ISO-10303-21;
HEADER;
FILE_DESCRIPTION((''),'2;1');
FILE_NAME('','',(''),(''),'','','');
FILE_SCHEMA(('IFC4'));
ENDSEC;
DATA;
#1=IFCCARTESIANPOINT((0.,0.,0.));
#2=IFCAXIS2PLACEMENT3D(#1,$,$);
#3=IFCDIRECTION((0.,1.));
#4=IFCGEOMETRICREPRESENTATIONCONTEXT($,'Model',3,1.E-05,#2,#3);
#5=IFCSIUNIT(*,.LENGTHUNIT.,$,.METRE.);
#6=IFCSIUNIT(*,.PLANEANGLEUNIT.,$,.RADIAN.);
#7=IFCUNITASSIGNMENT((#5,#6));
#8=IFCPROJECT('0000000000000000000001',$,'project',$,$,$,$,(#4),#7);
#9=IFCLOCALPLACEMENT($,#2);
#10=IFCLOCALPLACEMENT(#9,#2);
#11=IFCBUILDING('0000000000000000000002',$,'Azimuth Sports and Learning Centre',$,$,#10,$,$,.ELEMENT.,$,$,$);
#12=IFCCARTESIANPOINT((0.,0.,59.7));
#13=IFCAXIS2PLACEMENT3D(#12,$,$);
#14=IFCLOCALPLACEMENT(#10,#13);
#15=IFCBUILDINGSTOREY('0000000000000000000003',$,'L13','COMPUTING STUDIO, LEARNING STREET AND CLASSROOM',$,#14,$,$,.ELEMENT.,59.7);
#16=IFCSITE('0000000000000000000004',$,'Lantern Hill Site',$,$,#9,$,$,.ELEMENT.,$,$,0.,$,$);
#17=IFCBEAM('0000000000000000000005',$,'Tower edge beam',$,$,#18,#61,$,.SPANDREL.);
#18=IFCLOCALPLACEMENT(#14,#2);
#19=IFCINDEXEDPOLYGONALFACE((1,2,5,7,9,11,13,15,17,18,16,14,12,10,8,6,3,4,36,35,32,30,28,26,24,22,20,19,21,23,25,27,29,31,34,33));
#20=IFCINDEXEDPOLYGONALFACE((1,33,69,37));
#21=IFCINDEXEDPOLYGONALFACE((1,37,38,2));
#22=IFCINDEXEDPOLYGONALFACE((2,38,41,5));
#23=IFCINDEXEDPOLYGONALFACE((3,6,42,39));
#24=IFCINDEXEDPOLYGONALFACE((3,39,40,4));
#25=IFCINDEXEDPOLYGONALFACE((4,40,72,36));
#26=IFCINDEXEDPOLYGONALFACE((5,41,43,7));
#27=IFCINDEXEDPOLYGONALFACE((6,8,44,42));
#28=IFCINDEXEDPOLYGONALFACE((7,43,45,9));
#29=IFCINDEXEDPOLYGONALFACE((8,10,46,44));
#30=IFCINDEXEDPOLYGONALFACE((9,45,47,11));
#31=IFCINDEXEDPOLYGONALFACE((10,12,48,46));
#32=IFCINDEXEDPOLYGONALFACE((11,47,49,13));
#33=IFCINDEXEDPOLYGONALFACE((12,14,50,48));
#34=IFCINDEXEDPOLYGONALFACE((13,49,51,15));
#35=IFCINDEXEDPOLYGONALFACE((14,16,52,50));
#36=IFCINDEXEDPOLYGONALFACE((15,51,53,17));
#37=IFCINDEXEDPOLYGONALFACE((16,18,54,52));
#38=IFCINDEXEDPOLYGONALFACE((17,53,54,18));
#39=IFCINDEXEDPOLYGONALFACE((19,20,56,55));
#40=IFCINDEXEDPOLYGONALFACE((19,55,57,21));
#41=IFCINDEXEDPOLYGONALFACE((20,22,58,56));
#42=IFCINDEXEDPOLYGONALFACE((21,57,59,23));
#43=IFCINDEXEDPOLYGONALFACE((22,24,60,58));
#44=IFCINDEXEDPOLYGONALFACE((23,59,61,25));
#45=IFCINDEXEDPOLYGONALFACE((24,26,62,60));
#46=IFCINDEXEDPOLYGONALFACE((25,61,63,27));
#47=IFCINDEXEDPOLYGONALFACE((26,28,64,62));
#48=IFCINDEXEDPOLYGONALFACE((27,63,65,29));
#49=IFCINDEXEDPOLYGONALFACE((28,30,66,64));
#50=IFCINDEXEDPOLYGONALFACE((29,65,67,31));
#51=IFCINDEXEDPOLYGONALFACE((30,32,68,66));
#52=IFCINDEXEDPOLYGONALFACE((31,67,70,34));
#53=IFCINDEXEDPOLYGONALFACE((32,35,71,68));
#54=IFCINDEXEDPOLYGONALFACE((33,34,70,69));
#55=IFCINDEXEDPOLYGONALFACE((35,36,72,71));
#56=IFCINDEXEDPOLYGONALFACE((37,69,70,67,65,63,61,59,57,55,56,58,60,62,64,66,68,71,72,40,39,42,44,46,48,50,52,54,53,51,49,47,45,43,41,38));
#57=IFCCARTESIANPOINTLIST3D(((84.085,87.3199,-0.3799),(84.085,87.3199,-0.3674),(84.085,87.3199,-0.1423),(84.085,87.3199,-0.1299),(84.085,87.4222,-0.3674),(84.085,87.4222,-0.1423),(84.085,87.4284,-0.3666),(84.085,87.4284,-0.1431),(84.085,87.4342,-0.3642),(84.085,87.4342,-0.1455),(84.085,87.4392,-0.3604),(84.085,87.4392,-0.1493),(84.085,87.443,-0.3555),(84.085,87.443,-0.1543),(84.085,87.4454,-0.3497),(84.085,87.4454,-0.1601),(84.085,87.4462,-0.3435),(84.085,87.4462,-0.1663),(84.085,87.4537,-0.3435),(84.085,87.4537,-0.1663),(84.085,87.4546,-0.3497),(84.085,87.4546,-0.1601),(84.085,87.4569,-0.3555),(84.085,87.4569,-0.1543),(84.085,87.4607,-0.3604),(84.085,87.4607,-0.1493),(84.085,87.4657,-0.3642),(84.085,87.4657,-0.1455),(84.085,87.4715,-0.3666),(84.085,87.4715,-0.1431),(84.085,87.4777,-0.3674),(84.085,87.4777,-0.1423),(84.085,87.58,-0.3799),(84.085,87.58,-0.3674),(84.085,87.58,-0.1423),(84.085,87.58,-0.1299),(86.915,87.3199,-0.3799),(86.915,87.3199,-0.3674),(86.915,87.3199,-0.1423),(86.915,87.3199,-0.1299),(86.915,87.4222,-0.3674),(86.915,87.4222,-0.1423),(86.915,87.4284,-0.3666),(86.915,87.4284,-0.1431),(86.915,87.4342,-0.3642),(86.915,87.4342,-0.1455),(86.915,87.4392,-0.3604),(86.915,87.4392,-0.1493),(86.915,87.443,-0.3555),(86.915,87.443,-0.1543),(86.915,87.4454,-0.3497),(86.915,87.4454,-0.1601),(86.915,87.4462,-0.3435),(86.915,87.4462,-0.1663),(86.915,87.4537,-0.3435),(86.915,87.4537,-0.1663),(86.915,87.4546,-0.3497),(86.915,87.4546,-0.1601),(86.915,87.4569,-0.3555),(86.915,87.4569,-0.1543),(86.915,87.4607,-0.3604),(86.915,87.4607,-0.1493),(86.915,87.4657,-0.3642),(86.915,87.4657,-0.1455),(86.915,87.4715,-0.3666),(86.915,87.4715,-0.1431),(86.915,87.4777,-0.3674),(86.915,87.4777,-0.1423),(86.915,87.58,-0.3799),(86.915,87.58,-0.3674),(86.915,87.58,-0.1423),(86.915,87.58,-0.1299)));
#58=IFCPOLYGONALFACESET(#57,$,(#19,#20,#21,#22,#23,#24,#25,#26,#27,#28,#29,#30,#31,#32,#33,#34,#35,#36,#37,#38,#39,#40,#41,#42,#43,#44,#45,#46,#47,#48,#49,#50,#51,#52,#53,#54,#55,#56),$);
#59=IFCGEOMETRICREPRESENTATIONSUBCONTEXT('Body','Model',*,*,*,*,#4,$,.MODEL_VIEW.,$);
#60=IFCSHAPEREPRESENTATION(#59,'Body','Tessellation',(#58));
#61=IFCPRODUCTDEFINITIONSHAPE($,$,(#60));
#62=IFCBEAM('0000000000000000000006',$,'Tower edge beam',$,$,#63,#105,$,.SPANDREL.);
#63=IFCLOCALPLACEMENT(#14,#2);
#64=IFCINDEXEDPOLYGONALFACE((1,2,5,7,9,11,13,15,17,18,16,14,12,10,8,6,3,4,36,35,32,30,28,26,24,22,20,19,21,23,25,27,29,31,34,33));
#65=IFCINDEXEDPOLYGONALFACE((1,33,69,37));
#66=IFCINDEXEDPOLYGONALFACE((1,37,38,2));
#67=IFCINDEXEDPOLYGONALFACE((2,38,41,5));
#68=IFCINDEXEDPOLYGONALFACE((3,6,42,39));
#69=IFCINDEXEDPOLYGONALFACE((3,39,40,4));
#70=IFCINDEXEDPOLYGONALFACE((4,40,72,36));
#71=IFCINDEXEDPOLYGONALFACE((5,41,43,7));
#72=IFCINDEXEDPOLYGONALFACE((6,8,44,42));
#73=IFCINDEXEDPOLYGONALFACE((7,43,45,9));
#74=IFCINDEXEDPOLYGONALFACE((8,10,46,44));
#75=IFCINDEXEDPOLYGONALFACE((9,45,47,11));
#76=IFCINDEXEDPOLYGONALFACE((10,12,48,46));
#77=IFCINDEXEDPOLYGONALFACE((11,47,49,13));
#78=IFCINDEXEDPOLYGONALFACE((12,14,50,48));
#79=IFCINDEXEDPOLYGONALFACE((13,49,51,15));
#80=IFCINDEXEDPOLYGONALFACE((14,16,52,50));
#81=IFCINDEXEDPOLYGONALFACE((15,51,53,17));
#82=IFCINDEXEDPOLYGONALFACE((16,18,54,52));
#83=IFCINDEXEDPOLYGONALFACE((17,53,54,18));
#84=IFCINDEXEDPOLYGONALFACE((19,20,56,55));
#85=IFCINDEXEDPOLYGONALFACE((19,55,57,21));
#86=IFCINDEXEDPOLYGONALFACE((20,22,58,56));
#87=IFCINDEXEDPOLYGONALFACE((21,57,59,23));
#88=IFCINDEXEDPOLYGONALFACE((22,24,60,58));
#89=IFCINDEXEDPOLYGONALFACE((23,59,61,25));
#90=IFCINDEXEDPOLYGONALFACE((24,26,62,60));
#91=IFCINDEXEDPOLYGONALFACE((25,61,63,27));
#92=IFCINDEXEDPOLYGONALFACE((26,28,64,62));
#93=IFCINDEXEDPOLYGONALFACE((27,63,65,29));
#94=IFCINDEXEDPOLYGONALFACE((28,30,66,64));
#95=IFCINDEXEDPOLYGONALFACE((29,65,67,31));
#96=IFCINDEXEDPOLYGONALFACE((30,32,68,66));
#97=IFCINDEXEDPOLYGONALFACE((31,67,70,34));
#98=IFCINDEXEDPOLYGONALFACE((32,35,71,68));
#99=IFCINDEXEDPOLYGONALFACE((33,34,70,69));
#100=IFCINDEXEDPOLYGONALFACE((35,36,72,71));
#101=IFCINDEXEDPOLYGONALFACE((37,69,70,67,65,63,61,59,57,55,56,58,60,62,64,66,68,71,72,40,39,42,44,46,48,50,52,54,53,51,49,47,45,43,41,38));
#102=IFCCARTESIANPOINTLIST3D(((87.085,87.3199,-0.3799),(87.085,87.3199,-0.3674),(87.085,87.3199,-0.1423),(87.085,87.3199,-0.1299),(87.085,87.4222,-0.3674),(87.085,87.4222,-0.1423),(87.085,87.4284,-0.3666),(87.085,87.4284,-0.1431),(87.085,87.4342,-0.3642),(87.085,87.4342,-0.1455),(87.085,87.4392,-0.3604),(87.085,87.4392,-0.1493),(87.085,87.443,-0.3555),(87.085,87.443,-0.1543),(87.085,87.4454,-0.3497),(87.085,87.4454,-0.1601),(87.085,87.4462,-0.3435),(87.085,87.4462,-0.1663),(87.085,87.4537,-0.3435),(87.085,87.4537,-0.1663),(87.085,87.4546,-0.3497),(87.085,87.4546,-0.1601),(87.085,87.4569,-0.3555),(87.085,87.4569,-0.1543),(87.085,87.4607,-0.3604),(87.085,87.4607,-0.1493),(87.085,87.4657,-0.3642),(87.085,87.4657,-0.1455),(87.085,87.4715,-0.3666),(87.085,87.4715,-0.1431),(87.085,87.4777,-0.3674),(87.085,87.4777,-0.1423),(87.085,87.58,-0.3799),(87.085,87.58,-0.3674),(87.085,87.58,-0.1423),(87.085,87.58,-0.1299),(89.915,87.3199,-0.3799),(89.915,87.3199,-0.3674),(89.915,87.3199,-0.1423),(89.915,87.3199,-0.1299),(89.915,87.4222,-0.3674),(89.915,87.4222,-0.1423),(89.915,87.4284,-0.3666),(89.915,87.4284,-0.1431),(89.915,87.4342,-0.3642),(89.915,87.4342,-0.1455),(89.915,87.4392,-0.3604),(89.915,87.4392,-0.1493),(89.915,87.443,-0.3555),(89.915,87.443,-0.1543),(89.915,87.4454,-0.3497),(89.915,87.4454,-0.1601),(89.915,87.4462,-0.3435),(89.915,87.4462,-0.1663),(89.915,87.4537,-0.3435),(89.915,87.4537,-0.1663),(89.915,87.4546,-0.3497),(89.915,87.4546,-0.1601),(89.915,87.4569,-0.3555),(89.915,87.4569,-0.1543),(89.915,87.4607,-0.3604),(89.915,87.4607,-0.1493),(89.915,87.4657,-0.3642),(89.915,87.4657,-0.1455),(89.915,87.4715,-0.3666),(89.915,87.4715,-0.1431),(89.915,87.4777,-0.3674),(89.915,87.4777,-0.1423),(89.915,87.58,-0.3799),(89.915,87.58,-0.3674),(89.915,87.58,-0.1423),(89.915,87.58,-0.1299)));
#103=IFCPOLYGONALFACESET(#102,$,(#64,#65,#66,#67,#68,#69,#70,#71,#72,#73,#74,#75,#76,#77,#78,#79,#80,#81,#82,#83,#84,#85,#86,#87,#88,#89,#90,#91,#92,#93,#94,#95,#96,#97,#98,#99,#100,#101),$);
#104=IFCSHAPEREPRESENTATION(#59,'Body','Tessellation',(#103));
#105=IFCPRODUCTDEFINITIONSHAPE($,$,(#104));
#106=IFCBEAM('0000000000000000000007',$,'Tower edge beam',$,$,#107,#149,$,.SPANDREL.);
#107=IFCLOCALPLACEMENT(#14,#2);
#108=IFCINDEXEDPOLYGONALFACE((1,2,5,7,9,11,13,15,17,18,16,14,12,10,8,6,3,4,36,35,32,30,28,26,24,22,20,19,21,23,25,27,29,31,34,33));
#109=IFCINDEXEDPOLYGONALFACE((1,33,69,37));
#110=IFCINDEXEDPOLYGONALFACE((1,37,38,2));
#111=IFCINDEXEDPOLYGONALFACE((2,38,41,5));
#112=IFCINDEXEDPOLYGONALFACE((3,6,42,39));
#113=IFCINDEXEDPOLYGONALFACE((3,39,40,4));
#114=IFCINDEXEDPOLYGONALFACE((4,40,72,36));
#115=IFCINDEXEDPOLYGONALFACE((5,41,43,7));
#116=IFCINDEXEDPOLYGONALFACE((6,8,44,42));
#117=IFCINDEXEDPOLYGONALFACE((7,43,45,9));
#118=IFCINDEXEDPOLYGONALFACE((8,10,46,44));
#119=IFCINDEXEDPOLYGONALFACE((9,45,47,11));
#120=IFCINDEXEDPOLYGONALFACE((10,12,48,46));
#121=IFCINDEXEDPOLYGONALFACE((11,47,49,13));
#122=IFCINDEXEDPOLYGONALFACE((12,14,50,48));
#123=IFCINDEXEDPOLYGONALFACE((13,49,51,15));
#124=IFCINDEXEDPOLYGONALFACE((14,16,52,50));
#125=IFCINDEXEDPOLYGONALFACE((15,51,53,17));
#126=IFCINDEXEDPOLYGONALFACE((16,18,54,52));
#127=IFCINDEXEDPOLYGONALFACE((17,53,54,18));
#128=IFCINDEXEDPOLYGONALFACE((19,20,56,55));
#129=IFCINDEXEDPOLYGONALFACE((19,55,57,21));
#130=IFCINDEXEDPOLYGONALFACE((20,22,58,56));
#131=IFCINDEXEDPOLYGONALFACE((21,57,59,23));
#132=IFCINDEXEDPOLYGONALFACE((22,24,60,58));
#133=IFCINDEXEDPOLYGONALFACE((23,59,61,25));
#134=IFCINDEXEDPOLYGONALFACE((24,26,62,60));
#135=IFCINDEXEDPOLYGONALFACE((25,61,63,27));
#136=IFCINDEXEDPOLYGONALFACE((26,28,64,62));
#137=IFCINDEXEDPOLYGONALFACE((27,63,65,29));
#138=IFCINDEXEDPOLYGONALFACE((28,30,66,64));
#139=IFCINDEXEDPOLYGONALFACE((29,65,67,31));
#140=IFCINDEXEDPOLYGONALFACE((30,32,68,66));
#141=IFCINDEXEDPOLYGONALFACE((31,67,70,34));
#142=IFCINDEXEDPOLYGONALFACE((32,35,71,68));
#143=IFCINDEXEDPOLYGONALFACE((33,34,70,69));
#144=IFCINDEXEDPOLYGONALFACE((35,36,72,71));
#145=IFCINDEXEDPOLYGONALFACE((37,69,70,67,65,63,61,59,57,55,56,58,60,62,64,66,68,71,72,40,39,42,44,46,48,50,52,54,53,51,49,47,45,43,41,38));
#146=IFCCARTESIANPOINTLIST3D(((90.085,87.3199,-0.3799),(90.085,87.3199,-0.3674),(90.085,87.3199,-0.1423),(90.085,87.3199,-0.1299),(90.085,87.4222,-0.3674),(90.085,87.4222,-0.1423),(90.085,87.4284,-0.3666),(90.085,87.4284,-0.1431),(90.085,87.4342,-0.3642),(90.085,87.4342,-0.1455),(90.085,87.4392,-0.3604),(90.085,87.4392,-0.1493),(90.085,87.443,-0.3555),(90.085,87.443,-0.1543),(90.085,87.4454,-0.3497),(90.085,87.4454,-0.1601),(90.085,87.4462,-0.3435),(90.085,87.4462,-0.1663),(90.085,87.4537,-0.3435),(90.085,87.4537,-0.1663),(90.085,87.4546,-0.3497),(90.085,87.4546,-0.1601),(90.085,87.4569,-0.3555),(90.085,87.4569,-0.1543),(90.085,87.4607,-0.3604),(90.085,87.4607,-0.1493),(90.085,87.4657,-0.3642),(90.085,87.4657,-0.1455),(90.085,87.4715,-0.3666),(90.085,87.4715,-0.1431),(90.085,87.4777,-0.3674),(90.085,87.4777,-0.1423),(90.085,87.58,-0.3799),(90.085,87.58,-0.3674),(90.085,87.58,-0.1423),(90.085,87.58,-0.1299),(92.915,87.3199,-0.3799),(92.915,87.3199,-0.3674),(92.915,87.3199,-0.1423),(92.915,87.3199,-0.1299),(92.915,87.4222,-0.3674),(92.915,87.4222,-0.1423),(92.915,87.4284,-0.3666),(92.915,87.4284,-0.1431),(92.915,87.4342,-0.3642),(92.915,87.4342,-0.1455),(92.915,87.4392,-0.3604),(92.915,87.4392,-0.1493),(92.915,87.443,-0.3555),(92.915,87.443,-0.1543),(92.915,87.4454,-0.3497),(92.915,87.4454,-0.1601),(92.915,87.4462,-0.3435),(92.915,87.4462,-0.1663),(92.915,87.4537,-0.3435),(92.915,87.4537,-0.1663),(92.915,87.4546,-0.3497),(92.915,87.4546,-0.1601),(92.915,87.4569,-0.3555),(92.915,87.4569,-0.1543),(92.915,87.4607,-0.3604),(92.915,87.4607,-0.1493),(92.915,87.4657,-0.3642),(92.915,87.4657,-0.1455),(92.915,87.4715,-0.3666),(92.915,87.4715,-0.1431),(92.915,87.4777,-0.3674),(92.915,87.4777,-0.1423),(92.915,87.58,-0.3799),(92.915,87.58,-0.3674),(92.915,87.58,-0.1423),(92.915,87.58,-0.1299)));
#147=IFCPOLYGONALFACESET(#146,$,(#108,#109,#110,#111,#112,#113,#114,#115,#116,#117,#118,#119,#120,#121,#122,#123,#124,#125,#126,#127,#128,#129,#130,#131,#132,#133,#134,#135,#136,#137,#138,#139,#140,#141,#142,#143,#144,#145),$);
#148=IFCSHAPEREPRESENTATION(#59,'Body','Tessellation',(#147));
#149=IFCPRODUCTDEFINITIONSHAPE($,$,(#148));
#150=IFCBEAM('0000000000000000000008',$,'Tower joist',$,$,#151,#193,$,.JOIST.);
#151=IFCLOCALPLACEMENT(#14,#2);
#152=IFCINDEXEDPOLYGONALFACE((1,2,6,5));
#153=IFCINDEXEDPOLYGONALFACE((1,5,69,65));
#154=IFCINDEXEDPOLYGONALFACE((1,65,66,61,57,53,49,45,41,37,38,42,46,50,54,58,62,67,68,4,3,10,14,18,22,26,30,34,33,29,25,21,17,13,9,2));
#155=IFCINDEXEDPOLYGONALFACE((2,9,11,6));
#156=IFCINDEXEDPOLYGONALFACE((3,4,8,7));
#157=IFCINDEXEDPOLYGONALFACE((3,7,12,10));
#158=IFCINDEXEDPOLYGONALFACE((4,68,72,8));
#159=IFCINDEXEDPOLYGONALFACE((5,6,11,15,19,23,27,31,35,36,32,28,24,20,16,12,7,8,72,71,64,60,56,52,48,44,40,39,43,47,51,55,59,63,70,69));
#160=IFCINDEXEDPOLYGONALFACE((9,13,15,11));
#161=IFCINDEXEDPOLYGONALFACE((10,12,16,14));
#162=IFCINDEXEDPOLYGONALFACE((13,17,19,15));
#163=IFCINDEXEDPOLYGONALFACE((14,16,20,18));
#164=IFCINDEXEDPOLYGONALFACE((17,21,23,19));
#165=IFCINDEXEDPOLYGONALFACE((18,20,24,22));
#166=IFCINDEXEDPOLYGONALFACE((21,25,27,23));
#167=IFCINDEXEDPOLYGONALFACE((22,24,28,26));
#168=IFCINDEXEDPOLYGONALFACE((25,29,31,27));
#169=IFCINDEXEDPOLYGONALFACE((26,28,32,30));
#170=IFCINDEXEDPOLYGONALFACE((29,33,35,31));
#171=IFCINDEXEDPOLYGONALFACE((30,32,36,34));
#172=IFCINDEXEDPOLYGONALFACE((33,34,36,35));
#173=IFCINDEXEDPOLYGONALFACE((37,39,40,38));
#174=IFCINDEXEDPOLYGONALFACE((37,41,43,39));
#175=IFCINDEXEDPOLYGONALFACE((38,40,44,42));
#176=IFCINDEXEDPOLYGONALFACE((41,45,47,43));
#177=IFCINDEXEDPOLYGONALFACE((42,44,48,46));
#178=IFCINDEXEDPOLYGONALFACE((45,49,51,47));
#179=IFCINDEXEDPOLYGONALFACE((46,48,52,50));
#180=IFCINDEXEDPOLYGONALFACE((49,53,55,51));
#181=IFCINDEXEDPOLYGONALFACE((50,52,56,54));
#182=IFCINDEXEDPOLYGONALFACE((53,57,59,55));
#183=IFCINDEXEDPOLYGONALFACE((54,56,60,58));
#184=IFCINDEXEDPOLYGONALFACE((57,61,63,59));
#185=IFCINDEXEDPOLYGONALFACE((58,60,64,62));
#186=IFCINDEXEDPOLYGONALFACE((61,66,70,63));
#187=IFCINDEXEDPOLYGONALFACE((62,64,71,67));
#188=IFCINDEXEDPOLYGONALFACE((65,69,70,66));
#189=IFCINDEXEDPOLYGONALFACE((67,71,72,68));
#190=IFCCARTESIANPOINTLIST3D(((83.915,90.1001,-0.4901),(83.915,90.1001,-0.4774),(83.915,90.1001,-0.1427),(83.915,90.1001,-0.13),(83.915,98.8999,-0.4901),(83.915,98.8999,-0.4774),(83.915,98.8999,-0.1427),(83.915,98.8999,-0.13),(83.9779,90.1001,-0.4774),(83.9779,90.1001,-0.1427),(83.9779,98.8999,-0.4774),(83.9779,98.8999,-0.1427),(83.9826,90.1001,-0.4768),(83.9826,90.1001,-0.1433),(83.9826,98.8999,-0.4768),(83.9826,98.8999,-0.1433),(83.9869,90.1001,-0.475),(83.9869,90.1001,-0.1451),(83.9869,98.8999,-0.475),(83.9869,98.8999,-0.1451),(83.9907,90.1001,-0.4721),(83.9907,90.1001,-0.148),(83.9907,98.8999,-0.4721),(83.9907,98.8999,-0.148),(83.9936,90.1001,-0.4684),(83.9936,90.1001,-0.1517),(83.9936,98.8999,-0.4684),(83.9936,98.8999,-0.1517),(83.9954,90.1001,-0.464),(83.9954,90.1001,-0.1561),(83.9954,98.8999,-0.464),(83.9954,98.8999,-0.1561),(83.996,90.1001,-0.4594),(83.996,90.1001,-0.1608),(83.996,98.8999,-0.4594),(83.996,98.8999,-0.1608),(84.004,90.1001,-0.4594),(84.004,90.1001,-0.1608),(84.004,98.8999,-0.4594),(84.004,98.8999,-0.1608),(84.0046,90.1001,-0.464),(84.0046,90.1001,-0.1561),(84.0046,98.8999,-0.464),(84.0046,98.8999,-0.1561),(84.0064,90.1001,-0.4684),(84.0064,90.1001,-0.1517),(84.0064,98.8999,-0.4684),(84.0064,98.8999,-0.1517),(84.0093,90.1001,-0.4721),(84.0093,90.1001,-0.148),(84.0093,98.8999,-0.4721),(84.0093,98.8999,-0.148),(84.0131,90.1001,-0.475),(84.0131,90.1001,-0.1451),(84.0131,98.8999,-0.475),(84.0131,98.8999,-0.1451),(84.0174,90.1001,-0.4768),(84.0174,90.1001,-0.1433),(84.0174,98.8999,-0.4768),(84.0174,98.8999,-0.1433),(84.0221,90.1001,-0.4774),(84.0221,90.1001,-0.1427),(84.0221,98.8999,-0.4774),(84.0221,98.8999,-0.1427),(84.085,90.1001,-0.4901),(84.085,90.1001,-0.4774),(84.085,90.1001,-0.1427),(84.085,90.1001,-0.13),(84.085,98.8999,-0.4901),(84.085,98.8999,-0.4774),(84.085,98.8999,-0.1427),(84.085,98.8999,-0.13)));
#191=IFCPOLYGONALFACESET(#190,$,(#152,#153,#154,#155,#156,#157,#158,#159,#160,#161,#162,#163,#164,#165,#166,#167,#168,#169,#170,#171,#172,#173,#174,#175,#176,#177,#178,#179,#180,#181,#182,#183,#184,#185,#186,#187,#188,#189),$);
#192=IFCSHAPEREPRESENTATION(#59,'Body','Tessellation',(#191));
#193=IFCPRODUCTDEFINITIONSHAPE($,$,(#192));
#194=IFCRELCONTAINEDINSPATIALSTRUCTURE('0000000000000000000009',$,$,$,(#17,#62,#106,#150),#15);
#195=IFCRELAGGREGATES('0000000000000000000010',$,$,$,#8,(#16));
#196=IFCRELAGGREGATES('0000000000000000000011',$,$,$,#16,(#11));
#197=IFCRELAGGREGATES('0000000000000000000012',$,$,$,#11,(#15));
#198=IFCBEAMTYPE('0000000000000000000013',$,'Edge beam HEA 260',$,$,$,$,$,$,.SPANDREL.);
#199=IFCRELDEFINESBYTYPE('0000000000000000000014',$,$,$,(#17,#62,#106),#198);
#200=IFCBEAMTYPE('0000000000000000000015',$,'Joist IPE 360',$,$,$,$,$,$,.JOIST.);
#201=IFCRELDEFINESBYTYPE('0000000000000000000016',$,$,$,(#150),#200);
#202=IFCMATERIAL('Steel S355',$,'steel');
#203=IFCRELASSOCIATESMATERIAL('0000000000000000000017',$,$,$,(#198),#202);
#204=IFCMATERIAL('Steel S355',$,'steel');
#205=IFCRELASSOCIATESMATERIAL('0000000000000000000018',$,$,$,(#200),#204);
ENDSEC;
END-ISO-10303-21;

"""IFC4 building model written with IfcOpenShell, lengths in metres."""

from ifc_helpers import new_model, si_unit, direction, frame, origin, origin_2d, place, context, subcontext, project, spatial, i_section, extrude, material, material_profile, profile_set, type_object, element, save


model = new_model("IFC4")

# Units and contexts
model_context = context("Model", 3, precision=1e-05, world=origin(), true_north=direction((0.0, 1.0)))
body_context = subcontext(model_context, "Body", "Model", "MODEL_VIEW")
ifc_project = project(units=[si_unit("LENGTHUNIT", "METRE"), si_unit("PLANEANGLEUNIT", "RADIAN")], contexts=[model_context])

# Site, building, storey
site_placement = place(None, origin())
site = spatial("IfcSite", under=ifc_project, at=site_placement, Name="Lantern Hill Site", CompositionType="ELEMENT", RefElevation=0.0)
building_placement = place(site_placement, origin())
building = spatial("IfcBuilding", under=site, at=building_placement, Name="Azimuth Sports and Learning Centre", CompositionType="ELEMENT")
storey_placement = place(building_placement, frame((0.0, 0.0, 59.7)))
storey = spatial("IfcBuildingStorey", under=building, at=storey_placement, Name="L13", Description="COMPUTING STUDIO, LEARNING STREET AND CLASSROOM", CompositionType="ELEMENT", Elevation=59.7)

# Beams
ifc_material_1 = material(Name="Steel S355", Category="steel")
ifc_material_profile_1 = material_profile(ifc_material_1, i_section(OverallWidth=0.26, OverallDepth=0.25, WebThickness=0.0076, FlangeThickness=0.0125, FilletRadius=0.0239, at=origin_2d()), Name="HEA 260")
ifc_profile_set_1 = profile_set([ifc_material_profile_1], Name="Steel S355")
beam_type_1 = type_object("IfcBeamType", Name="Edge beam HEA 260", PredefinedType="SPANDREL", material=ifc_profile_set_1)
for number, where, z_axis, x_axis, name in (
    (1, (84.085, 87.45, -0.2549), (1.0, 0.0, 0.0), (0.0, 1.0, 0.0), "Tower edge beam"),
    (2, (87.085, 87.45, -0.2549), (1.0, 0.0, 0.0), (0.0, 1.0, 0.0), "Tower edge beam"),
    (3, (90.085, 87.45, -0.2549), (1.0, 0.0, 0.0), (0.0, 1.0, 0.0), "Tower edge beam"),
):
    element("IfcBeam", number, at=place(storey_placement, frame(where, z_axis=z_axis, x_axis=x_axis)), inside=storey, type_object=beam_type_1, Name=name, PredefinedType="SPANDREL", context=body_context, shape_type="SweptSolid", body=[
        extrude(i_section(OverallWidth=0.26, OverallDepth=0.25, WebThickness=0.0076, FlangeThickness=0.0125, FilletRadius=0.0239, at=origin_2d()), origin(), (0.0, 0.0, 1.0), 2.8301),
    ])
ifc_material_2 = material(Name="Steel S355", Category="steel")
ifc_material_profile_2 = material_profile(ifc_material_2, i_section(OverallWidth=0.1699, OverallDepth=0.3601, WebThickness=0.0081, FlangeThickness=0.0127, FilletRadius=0.0181, at=origin_2d()), Name="IPE 360")
ifc_profile_set_2 = profile_set([ifc_material_profile_2], Name="Steel S355")
beam_type_2 = type_object("IfcBeamType", Name="Joist IPE 360", PredefinedType="JOIST", material=ifc_profile_set_2)
for number, where, z_axis, x_axis, name in (
    (4, (84.0, 90.1001, -0.3101), (0.0, 1.0, 0.0), (-1.0, 0.0, 0.0), "Tower joist"),
):
    element("IfcBeam", number, at=place(storey_placement, frame(where, z_axis=z_axis, x_axis=x_axis)), inside=storey, type_object=beam_type_2, Name=name, PredefinedType="JOIST", context=body_context, shape_type="SweptSolid", body=[
        extrude(i_section(OverallWidth=0.1699, OverallDepth=0.3601, WebThickness=0.0081, FlangeThickness=0.0127, FilletRadius=0.0181, at=origin_2d()), origin(), (0.0, 0.0, 1.0), 8.7998),
    ])

save(model, "model.ifc")
